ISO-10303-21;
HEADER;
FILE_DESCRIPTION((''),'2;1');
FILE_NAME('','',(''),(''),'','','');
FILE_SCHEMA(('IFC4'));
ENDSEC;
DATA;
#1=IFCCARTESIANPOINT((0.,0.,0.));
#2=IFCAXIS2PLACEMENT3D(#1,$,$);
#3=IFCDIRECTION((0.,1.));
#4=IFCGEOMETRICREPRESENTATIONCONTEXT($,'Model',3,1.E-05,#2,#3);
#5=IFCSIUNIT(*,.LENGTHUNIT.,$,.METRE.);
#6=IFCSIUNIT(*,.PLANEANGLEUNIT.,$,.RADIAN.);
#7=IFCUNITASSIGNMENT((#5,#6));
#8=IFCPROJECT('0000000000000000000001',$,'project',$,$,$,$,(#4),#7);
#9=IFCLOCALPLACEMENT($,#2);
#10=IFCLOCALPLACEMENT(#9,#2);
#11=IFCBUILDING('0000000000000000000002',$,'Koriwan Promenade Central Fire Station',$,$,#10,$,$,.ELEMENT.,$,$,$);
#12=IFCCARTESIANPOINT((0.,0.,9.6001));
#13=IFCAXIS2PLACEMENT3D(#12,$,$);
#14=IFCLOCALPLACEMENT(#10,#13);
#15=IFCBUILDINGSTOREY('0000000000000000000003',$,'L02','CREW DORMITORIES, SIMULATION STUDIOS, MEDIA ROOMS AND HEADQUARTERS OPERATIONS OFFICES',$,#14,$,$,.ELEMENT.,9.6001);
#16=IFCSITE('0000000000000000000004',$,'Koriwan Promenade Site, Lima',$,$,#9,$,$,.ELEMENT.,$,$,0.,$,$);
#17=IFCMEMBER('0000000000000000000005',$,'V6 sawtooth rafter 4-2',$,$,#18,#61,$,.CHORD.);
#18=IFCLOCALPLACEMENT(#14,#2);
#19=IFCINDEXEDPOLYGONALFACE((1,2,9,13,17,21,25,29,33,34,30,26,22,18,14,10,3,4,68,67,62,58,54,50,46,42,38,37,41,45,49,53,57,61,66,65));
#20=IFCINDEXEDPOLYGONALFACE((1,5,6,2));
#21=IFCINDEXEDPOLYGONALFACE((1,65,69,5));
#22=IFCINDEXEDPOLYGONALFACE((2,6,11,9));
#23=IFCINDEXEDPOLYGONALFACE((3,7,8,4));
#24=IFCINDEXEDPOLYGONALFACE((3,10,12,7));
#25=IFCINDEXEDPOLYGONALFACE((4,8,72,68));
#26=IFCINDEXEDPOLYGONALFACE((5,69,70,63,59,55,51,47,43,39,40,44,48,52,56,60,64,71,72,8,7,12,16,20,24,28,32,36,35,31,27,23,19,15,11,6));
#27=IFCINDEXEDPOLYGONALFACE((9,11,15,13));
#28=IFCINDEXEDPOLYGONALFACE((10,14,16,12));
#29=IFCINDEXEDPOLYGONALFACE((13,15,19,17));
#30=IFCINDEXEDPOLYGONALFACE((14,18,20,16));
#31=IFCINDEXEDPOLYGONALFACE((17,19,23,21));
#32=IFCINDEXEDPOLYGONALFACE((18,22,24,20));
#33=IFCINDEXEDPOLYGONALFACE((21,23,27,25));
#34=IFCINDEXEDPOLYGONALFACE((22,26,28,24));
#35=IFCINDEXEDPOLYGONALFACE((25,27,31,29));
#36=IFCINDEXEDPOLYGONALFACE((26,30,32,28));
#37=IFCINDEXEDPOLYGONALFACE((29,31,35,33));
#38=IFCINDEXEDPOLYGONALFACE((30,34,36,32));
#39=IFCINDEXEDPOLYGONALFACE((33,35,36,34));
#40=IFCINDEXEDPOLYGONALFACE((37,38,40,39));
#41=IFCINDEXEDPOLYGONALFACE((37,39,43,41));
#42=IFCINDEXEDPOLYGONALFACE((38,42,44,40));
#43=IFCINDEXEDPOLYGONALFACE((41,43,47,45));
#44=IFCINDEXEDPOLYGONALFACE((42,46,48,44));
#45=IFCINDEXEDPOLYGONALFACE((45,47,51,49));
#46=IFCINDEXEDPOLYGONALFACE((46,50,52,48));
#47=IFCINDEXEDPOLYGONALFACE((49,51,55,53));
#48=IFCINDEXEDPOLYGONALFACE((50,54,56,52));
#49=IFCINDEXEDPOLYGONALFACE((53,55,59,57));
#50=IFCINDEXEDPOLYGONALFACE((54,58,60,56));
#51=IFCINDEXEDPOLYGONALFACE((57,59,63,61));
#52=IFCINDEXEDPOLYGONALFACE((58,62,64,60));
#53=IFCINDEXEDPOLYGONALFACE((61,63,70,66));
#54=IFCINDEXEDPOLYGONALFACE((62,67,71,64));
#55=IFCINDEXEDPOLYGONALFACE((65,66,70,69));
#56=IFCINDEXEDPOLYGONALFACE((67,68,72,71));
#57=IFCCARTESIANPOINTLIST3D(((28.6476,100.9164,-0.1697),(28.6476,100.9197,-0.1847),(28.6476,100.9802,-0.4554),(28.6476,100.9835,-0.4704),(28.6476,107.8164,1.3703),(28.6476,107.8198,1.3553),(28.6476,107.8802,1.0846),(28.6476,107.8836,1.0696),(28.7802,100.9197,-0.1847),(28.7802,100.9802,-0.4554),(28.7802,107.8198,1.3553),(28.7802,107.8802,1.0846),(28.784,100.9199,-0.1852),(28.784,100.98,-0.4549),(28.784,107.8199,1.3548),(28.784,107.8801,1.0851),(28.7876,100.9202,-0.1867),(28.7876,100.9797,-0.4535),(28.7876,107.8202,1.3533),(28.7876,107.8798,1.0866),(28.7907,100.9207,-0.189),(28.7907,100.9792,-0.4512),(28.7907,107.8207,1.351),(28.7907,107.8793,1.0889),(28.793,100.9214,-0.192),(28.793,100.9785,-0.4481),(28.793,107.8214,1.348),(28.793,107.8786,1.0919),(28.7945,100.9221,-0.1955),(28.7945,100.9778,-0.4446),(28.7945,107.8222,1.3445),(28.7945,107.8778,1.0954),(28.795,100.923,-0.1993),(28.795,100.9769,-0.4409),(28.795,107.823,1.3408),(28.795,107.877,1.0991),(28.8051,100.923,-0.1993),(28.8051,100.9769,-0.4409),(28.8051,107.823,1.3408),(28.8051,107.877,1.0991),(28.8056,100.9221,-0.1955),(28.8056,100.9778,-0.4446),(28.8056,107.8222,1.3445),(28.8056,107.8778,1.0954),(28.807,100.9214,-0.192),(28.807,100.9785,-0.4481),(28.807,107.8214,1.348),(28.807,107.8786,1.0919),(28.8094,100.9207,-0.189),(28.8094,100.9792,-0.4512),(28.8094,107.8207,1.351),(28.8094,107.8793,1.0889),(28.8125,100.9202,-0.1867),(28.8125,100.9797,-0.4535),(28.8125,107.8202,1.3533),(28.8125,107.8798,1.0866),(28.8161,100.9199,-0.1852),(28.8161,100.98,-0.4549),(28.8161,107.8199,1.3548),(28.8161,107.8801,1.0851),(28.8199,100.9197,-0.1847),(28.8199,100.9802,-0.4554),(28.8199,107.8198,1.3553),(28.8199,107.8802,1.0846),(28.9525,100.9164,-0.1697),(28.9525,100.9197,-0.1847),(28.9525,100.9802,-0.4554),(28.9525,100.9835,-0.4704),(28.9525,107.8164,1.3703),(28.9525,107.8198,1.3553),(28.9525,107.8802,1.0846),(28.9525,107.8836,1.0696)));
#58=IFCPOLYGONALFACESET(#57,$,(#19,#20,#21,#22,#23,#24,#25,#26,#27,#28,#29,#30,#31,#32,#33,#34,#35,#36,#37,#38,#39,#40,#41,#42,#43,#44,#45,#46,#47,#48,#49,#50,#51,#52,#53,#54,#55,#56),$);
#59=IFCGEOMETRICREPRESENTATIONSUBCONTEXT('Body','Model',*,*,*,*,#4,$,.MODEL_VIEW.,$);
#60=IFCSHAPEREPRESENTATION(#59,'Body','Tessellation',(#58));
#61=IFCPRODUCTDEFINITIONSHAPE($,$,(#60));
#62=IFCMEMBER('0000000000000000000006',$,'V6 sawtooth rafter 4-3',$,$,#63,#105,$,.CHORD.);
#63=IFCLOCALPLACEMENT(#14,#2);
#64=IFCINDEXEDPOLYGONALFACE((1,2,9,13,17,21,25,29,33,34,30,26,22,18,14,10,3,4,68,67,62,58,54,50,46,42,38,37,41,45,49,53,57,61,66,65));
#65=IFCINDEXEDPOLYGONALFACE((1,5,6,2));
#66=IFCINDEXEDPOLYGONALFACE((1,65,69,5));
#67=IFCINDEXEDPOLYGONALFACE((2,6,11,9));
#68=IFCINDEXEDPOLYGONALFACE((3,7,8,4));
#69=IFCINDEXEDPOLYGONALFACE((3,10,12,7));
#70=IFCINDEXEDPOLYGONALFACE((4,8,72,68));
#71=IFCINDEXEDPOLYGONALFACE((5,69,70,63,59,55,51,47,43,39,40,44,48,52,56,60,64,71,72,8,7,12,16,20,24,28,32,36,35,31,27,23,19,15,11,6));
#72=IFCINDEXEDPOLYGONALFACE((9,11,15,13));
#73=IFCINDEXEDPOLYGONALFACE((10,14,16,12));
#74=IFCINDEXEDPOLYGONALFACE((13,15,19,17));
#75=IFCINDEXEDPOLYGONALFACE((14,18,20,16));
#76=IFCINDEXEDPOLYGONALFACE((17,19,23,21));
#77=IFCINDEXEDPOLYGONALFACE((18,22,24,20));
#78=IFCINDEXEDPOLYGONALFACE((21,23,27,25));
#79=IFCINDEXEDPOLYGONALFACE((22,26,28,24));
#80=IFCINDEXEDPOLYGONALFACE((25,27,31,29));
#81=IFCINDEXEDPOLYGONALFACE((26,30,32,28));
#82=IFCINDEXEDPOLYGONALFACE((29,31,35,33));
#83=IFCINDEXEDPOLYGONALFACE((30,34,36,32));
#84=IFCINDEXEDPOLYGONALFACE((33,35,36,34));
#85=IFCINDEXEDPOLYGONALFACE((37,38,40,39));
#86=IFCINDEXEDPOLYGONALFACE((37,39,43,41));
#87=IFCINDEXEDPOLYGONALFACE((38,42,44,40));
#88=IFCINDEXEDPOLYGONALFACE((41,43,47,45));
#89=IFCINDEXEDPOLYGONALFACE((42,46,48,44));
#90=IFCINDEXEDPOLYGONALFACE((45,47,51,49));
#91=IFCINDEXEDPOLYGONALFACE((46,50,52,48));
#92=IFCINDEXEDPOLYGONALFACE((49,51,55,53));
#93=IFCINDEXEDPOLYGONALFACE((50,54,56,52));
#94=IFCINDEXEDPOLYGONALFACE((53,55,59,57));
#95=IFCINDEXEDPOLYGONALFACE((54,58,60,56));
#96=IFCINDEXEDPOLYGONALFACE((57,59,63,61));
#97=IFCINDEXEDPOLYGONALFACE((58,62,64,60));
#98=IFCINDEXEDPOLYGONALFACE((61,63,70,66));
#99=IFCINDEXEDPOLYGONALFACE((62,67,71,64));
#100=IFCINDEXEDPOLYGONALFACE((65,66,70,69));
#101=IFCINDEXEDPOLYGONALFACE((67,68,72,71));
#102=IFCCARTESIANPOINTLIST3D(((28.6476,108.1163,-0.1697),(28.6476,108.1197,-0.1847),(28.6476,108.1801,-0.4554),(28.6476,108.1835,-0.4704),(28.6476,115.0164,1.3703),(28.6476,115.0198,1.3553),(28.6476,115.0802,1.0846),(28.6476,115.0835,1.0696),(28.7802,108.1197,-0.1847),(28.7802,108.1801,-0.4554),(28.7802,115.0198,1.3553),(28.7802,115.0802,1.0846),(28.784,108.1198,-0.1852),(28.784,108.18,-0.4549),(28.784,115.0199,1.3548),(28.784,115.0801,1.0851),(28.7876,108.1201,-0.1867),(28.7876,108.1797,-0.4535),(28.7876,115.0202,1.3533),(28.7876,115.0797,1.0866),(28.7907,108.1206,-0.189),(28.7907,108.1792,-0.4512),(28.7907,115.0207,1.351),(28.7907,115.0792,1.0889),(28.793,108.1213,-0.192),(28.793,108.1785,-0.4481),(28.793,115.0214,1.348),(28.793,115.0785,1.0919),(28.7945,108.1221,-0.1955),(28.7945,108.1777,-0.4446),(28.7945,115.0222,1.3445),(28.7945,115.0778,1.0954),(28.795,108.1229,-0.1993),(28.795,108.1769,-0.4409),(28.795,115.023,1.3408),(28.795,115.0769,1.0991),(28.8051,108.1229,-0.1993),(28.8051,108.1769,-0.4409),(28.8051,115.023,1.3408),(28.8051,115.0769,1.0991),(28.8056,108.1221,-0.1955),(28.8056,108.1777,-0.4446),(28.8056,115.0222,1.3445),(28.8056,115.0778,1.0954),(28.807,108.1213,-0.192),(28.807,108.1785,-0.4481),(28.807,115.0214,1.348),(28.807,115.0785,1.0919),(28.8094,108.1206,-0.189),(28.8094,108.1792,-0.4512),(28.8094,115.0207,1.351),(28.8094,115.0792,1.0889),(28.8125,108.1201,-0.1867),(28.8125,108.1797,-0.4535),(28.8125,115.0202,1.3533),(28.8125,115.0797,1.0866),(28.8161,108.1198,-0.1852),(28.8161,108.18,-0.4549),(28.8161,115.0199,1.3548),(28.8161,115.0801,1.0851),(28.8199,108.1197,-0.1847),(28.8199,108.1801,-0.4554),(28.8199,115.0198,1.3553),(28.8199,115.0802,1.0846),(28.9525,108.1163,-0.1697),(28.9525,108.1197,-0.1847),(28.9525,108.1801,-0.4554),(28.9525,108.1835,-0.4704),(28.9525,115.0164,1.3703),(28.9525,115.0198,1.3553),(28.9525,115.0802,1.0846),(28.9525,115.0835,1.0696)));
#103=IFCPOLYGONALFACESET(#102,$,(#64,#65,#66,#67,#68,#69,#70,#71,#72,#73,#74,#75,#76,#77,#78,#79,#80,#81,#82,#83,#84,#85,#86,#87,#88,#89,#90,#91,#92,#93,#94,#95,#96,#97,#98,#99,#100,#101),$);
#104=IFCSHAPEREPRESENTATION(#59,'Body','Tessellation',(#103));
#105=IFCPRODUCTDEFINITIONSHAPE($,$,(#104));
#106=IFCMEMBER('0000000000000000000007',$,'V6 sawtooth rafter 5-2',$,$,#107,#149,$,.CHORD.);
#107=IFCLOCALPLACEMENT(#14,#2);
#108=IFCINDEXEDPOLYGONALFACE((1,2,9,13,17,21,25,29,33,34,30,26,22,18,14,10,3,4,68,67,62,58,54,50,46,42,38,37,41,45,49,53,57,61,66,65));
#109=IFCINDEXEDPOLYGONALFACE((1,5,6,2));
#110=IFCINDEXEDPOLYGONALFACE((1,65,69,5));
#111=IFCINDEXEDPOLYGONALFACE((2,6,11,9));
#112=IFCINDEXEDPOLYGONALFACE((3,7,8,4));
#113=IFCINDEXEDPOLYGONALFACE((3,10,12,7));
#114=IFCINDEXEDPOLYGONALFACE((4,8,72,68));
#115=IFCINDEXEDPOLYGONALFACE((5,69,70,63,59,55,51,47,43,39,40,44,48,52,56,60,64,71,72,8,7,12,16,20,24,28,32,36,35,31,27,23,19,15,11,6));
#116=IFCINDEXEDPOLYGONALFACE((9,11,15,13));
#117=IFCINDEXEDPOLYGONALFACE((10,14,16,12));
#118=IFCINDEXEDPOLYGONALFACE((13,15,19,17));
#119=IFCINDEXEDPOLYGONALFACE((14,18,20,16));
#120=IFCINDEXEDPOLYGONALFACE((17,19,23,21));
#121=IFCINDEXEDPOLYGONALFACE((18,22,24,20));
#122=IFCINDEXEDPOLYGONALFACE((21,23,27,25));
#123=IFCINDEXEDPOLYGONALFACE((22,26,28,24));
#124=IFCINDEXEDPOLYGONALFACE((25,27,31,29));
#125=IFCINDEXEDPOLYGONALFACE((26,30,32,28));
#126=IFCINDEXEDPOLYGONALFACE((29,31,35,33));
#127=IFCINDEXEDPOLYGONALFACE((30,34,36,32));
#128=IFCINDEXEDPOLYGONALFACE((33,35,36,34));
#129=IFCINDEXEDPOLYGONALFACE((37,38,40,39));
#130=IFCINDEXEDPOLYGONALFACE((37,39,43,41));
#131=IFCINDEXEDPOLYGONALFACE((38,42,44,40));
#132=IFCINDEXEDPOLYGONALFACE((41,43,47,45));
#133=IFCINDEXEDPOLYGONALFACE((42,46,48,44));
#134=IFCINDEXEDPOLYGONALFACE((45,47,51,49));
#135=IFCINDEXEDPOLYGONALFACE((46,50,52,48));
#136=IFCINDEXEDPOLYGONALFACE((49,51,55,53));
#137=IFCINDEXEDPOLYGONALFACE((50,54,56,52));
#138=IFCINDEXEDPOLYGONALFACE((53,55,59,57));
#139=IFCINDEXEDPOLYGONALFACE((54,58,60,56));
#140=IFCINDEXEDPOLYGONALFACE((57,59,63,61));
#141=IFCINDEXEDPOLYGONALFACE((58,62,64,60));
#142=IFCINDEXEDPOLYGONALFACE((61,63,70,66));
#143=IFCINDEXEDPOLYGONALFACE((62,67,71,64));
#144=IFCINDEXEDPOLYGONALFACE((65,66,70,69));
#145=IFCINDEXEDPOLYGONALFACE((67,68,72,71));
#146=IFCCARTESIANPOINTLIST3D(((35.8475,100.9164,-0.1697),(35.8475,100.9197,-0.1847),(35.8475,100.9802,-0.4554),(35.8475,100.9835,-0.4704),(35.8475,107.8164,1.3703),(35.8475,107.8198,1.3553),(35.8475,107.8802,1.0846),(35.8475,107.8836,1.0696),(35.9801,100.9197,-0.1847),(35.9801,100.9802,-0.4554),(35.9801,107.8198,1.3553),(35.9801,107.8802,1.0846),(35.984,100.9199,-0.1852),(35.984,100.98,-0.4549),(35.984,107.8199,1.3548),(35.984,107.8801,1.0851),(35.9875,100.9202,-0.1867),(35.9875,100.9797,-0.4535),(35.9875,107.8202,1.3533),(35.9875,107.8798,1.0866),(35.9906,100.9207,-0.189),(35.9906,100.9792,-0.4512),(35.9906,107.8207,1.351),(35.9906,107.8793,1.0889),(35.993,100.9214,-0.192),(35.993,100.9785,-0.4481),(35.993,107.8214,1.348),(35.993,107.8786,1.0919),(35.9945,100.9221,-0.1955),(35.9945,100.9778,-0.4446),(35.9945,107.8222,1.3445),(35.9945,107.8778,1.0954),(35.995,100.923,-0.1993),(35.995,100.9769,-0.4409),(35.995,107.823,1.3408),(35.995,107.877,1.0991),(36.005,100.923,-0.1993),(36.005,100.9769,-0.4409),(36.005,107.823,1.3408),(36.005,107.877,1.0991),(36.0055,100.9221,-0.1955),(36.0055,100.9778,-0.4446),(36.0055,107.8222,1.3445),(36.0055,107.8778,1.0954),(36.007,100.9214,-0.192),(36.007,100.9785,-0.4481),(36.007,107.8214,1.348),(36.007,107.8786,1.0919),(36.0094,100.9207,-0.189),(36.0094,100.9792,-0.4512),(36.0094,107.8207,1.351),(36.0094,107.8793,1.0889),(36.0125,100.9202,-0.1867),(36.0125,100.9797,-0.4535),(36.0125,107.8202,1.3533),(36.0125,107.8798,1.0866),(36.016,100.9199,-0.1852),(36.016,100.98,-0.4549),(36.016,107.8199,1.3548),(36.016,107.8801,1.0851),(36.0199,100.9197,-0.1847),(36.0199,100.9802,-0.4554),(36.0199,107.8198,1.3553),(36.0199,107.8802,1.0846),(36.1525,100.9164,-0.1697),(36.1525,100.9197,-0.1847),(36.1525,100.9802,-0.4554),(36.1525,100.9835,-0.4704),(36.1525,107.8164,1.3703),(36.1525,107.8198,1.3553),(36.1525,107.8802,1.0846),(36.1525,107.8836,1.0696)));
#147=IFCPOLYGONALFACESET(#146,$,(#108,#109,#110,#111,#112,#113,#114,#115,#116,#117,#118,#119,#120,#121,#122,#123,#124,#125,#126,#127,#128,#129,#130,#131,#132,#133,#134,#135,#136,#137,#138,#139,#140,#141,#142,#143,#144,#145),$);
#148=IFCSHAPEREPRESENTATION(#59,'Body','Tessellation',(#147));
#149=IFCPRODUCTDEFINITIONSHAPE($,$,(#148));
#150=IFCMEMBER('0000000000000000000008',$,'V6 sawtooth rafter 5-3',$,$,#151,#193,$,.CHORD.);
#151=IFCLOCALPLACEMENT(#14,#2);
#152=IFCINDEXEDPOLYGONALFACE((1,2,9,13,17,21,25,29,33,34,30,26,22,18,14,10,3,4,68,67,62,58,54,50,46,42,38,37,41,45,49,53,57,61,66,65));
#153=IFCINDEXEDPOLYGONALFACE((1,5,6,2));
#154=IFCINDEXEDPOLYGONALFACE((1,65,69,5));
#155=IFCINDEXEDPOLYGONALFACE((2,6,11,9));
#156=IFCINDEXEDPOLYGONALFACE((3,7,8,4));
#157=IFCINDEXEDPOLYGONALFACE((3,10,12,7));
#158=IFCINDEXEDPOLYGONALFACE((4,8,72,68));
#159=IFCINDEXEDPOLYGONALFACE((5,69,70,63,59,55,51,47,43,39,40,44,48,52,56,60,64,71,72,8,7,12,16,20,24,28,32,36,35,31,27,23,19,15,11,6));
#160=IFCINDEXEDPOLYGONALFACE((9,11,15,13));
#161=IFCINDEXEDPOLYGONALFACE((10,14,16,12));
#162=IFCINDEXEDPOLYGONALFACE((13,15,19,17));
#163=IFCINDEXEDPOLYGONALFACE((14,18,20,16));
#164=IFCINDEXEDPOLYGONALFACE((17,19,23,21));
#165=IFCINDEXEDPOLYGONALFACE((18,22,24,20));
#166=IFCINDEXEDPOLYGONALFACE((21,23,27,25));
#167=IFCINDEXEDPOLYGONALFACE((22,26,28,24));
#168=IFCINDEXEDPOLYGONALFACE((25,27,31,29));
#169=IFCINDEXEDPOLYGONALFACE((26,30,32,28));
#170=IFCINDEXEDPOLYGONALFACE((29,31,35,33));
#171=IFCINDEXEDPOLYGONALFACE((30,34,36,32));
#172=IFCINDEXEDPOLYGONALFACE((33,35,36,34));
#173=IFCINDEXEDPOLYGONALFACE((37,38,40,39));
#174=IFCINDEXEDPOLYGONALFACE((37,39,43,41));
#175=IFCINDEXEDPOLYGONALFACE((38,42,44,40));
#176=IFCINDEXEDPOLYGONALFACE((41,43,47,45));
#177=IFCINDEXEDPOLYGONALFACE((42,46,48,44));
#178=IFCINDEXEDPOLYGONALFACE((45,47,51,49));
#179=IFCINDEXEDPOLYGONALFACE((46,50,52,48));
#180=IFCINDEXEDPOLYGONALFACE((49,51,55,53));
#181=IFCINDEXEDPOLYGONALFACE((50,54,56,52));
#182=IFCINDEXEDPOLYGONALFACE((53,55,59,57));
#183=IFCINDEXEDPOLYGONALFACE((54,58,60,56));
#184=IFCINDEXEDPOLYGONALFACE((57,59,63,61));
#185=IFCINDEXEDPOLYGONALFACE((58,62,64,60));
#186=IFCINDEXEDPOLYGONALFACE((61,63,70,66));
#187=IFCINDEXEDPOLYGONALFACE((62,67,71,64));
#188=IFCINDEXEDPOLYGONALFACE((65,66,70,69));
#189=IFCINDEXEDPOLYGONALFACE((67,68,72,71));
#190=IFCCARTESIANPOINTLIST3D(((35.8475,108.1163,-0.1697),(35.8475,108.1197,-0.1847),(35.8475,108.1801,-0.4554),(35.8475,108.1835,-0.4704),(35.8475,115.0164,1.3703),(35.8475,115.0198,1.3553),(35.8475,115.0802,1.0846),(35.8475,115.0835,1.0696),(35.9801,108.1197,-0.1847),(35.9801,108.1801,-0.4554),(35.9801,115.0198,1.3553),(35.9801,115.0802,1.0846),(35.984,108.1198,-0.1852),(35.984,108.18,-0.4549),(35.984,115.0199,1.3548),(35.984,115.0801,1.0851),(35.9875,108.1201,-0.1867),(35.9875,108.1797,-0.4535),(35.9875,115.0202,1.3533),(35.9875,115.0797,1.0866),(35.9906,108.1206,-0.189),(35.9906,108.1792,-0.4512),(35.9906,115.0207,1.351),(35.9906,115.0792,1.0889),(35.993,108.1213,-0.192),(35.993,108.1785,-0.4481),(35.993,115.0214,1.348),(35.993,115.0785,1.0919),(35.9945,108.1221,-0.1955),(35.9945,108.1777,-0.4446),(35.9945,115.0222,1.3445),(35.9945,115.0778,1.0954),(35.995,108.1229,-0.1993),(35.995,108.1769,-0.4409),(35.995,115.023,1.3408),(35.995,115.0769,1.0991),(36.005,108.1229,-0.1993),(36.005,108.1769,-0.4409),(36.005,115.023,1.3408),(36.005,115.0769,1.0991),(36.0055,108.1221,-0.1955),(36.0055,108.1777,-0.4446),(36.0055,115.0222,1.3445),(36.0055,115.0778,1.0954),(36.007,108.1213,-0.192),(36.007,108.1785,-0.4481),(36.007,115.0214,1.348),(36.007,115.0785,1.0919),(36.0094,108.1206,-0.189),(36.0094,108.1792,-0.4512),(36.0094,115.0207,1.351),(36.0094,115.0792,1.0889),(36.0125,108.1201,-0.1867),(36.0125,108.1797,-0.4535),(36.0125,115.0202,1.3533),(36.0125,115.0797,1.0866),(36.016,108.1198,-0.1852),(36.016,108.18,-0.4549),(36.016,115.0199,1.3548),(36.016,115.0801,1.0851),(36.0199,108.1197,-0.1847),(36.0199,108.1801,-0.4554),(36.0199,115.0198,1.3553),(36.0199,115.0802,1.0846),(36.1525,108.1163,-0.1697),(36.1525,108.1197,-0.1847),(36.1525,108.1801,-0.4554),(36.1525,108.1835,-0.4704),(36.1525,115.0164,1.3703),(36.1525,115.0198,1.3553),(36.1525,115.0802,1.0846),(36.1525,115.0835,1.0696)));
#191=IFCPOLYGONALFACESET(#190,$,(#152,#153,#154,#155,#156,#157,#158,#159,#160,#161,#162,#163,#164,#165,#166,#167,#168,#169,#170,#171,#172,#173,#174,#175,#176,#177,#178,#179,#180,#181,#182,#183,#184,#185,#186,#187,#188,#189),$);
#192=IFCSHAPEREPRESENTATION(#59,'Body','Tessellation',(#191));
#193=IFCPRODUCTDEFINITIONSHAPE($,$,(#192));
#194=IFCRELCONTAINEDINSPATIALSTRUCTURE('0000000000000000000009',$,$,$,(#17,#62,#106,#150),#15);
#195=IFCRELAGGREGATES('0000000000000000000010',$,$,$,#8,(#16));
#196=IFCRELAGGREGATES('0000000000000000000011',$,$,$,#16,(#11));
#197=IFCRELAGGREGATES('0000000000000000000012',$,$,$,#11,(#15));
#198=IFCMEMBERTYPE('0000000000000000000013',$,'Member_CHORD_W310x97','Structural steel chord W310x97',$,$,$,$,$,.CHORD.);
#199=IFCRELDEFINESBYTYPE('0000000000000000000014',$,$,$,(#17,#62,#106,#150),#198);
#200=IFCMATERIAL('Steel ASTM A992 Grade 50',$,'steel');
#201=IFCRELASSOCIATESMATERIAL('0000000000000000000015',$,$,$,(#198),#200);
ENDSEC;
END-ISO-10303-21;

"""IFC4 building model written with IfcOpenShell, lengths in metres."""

from ifc_helpers import new_model, si_unit, direction, frame, origin, origin_2d, place, context, subcontext, project, spatial, i_section, extrude, material, material_profile, profile_set, type_object, element, save


model = new_model("IFC4")

# Units and contexts
model_context = context("Model", 3, precision=1e-05, world=origin(), true_north=direction((0.0, 1.0)))
body_context = subcontext(model_context, "Body", "Model", "MODEL_VIEW")
ifc_project = project(units=[si_unit("LENGTHUNIT", "METRE"), si_unit("PLANEANGLEUNIT", "RADIAN")], contexts=[model_context])

# Site, building, storey
site_placement = place(None, origin())
site = spatial("IfcSite", under=ifc_project, at=site_placement, Name="Koriwan Promenade Site, Lima", CompositionType="ELEMENT", RefElevation=0.0)
building_placement = place(site_placement, origin())
building = spatial("IfcBuilding", under=site, at=building_placement, Name="Koriwan Promenade Central Fire Station", CompositionType="ELEMENT")
storey_placement = place(building_placement, frame((0.0, 0.0, 9.6001)))
storey = spatial("IfcBuildingStorey", under=building, at=storey_placement, Name="L02", Description="CREW DORMITORIES, SIMULATION STUDIOS, MEDIA ROOMS AND HEADQUARTERS OPERATIONS OFFICES", CompositionType="ELEMENT", Elevation=9.6001)

# Members
ifc_material_1 = material(Name="Steel ASTM A992 Grade 50", Category="steel")
ifc_material_profile_1 = material_profile(ifc_material_1, i_section(OverallWidth=0.3049, OverallDepth=0.3081, WebThickness=0.01, FlangeThickness=0.0154, FilletRadius=0.0149, at=origin_2d()), Name="W310x97")
ifc_profile_set_1 = profile_set([ifc_material_profile_1], Name="Steel ASTM A992 Grade 50")
member_type_1 = type_object("IfcMemberType", Name="Member_CHORD_W310x97", Description="Structural steel chord W310x97", PredefinedType="CHORD", material=ifc_profile_set_1)
for number, where, z_axis, x_axis, name in (
    (1, (28.8, 100.95, -0.3201), (0.0, 0.975987, 0.21783), (-1.0, 0.0, 0.0), "V6 sawtooth rafter 4-2"),
    (2, (28.8, 108.1499, -0.3201), (0.0, 0.975987, 0.21783), (-1.0, 0.0, 0.0), "V6 sawtooth rafter 4-3"),
    (3, (36.0, 100.95, -0.3201), (0.0, 0.975987, 0.21783), (-1.0, 0.0, 0.0), "V6 sawtooth rafter 5-2"),
    (4, (36.0, 108.1499, -0.3201), (0.0, 0.975987, 0.21783), (-1.0, 0.0, 0.0), "V6 sawtooth rafter 5-3"),
):
    element("IfcMember", number, at=place(storey_placement, frame(where, z_axis=z_axis, x_axis=x_axis)), inside=storey, type_object=member_type_1, Name=name, PredefinedType="CHORD", context=body_context, shape_type="SweptSolid", body=[
        extrude(i_section(OverallWidth=0.3049, OverallDepth=0.3081, WebThickness=0.01, FlangeThickness=0.0154, FilletRadius=0.0149, at=origin_2d()), origin(), (0.0, 0.0, 1.0), 7.0698),
    ])

save(model, "model.ifc")
